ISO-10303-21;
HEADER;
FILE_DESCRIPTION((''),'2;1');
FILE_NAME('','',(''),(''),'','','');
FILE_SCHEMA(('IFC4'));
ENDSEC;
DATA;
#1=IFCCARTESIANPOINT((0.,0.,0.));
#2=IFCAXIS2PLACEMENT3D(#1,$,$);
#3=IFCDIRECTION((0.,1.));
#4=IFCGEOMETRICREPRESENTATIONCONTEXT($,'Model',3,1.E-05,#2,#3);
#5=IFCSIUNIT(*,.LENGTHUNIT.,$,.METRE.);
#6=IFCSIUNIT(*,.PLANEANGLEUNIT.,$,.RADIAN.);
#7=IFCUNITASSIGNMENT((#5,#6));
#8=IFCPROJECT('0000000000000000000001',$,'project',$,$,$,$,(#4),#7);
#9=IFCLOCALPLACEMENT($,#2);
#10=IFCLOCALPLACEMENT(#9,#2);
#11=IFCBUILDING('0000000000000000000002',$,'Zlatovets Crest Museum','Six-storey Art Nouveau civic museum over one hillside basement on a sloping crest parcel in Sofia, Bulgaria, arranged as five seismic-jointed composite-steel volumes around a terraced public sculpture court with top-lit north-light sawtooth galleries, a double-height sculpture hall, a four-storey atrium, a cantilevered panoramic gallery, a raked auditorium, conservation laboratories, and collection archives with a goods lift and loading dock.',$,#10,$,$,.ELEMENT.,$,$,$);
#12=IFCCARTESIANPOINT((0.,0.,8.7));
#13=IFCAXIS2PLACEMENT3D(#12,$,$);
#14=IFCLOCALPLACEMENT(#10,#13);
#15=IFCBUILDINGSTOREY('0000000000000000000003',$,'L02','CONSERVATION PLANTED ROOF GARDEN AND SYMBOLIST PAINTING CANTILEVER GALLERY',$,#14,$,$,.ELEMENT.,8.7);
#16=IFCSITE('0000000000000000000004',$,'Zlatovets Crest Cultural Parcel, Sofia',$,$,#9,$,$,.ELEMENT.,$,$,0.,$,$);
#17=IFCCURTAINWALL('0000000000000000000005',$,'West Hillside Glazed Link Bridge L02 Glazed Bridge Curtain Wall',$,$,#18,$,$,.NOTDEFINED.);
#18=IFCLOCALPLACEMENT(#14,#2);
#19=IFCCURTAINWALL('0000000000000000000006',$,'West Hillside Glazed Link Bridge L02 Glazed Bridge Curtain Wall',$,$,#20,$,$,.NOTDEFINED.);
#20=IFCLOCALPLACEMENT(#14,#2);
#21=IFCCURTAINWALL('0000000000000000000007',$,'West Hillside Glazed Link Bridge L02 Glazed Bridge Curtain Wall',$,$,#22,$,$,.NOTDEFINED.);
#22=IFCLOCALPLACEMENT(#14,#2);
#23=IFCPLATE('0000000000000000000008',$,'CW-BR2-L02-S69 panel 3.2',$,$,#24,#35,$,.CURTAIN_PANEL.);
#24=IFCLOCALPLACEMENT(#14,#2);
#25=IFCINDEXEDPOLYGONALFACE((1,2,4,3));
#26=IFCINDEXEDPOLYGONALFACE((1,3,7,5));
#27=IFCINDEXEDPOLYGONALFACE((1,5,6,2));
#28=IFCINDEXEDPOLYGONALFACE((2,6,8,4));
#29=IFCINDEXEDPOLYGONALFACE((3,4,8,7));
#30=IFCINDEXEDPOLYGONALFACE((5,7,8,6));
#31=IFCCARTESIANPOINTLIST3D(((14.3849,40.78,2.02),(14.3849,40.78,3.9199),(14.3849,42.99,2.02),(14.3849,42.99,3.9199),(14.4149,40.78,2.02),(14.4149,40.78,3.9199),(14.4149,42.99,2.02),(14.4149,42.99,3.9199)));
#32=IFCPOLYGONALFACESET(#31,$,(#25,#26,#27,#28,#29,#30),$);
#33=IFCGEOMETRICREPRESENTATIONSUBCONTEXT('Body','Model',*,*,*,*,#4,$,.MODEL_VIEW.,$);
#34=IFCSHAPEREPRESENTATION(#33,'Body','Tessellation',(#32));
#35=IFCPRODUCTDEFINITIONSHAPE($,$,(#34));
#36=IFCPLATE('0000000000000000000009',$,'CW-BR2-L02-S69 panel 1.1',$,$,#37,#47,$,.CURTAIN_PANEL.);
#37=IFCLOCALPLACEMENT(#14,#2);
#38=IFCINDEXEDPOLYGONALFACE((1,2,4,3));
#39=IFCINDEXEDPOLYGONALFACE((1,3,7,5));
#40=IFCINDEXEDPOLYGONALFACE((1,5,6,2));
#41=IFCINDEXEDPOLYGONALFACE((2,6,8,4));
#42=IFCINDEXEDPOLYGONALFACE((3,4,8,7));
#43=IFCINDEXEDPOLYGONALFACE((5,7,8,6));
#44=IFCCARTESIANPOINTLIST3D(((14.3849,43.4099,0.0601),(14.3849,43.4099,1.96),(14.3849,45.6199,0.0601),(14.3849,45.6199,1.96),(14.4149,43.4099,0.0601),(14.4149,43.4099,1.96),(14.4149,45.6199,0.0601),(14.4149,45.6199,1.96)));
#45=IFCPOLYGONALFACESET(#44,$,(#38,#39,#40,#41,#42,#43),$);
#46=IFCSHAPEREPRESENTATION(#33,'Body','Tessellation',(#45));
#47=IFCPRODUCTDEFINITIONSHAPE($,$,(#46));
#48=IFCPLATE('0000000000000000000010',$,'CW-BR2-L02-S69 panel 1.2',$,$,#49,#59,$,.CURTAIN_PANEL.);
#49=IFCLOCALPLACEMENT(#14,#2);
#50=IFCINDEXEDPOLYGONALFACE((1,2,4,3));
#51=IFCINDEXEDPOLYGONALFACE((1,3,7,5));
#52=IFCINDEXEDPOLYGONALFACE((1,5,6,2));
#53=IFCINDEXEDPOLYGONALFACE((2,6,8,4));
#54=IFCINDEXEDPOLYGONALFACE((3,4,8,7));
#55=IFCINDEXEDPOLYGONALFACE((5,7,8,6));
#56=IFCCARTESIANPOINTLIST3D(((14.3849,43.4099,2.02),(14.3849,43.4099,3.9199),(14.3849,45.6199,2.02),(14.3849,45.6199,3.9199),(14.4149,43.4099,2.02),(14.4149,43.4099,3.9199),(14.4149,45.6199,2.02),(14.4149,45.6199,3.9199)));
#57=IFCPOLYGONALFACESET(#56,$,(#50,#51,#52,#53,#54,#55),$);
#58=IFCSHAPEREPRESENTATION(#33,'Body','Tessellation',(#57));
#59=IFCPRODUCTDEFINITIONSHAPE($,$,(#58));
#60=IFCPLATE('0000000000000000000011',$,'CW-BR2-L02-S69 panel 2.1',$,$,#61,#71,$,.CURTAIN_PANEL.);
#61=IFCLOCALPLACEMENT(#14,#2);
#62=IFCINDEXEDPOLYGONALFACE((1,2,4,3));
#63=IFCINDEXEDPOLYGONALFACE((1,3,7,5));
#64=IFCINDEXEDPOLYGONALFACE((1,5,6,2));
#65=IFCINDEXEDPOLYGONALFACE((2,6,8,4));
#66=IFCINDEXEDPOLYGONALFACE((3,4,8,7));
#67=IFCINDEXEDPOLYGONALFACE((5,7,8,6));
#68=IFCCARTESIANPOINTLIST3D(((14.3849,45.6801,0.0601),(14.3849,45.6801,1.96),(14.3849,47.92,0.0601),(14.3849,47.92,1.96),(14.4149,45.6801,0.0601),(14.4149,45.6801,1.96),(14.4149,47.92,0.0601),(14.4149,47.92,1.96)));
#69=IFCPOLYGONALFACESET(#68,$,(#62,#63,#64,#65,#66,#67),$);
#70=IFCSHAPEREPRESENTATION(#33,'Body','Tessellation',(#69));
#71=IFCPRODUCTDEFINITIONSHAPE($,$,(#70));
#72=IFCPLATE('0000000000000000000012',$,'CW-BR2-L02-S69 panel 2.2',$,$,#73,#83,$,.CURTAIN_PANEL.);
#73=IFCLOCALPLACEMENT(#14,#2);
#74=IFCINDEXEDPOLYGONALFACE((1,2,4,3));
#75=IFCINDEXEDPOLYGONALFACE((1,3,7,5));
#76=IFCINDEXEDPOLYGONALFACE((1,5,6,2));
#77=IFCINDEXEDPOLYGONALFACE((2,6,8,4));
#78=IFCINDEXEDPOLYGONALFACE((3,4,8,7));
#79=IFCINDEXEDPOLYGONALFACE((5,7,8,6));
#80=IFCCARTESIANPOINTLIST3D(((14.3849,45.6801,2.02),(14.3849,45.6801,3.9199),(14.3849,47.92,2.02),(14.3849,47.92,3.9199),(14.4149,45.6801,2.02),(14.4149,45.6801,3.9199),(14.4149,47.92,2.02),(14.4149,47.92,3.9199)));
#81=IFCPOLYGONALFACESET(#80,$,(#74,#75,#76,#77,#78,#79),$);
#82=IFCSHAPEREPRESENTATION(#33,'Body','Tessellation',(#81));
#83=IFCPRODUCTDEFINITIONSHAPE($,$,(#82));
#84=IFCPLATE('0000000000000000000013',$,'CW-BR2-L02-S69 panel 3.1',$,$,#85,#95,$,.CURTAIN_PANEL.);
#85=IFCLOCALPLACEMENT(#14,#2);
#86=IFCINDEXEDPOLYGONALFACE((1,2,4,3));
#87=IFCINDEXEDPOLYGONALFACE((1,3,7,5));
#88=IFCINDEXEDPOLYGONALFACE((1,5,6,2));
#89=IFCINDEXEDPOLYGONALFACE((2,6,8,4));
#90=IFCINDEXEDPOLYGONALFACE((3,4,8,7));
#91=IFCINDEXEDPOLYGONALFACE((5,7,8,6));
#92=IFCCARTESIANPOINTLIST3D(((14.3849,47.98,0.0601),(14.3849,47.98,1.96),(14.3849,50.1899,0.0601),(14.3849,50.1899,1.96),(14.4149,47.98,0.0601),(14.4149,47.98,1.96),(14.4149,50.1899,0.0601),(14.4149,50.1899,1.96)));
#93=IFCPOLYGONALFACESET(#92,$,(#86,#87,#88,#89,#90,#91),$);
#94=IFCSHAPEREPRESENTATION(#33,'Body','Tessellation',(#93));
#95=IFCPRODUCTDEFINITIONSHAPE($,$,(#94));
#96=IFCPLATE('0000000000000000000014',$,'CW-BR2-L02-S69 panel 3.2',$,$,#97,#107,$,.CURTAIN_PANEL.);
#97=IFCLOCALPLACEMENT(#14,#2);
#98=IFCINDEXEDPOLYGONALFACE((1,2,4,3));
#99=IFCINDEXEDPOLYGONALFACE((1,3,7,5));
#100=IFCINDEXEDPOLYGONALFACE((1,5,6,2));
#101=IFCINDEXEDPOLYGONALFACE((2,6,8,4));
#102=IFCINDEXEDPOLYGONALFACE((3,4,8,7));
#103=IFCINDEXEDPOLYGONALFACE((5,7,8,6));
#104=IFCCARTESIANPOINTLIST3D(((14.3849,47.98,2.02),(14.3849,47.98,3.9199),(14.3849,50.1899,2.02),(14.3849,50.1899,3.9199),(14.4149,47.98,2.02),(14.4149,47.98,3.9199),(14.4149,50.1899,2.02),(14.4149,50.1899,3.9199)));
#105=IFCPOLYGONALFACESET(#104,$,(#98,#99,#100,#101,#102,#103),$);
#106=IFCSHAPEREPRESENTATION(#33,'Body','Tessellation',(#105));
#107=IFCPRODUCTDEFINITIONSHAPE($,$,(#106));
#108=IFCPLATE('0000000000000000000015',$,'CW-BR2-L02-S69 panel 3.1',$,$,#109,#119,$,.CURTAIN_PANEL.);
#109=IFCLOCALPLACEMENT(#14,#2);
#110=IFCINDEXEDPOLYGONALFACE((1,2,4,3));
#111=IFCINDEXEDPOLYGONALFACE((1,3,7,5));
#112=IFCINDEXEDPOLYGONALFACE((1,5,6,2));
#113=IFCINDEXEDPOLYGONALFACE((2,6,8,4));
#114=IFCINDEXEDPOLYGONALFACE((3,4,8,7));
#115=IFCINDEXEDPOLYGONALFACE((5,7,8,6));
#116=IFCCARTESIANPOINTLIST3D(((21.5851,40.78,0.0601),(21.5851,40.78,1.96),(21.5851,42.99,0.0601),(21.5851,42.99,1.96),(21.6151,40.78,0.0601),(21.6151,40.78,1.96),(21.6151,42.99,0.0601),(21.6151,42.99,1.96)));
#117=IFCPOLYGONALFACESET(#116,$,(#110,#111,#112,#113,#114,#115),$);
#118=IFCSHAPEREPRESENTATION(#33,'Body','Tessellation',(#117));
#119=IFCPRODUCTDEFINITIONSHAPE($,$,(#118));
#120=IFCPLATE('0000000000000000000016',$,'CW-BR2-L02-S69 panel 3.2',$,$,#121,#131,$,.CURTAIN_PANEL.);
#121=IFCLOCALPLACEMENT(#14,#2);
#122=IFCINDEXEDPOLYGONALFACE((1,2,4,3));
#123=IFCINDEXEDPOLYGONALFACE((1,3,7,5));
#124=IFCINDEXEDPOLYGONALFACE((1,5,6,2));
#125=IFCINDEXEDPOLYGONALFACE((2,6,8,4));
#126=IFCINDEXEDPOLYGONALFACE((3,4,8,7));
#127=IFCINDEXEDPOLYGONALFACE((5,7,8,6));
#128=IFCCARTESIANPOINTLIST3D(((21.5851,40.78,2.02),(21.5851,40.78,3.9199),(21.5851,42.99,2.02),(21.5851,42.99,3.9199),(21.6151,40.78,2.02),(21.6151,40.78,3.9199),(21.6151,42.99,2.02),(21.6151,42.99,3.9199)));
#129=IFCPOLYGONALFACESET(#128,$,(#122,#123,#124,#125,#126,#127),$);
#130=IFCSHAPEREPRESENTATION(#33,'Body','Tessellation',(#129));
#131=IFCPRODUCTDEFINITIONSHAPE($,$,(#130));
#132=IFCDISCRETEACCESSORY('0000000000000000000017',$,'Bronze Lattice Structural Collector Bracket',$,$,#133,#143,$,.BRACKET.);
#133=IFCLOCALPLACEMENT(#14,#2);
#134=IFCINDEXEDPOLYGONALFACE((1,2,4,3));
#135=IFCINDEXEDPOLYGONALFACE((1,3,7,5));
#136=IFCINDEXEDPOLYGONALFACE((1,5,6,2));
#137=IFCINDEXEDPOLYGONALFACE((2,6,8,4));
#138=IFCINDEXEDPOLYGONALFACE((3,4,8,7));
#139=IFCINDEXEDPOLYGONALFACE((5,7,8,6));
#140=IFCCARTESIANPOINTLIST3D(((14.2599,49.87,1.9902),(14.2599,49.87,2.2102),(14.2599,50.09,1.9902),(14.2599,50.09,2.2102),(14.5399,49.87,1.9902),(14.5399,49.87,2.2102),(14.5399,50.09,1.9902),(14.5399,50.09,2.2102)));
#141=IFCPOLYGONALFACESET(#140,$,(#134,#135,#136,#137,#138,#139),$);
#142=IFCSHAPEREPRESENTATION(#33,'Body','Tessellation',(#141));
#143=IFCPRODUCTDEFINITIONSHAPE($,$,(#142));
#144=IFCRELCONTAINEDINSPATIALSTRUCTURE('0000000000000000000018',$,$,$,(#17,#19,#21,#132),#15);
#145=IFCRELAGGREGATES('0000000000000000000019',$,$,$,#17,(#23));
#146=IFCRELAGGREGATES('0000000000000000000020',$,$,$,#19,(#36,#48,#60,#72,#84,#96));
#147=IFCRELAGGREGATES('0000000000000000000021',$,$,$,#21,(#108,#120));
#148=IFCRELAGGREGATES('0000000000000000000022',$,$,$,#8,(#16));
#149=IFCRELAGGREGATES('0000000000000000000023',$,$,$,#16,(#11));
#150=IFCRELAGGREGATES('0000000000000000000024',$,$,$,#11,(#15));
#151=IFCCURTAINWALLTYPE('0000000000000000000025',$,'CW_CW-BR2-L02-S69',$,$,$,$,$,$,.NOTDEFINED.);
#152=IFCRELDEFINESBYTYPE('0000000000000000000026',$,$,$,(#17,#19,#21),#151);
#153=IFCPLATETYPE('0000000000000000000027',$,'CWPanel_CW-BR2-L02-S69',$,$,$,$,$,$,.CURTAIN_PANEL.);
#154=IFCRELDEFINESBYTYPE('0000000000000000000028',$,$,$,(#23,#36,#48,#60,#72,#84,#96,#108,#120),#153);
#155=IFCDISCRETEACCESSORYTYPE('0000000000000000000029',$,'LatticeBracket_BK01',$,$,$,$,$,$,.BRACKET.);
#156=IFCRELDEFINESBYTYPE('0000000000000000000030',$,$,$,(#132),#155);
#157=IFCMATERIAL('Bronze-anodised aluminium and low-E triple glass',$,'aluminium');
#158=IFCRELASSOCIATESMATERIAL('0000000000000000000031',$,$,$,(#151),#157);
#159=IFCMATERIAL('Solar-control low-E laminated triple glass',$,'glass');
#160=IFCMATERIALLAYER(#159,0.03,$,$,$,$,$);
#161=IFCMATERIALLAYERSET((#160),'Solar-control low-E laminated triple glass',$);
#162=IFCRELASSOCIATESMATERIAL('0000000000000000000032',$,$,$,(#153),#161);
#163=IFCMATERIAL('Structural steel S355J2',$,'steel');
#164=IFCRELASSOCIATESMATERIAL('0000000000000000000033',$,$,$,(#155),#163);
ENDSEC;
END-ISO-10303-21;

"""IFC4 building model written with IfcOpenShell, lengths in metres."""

from ifc_helpers import new_model, si_unit, direction, frame, origin, origin_2d, place, context, subcontext, project, spatial, rectangle, extrude, material, layer, layer_set, type_object, element, aggregate, save


model = new_model("IFC4")

# Units and contexts
model_context = context("Model", 3, precision=1e-05, world=origin(), true_north=direction((0.0, 1.0)))
body_context = subcontext(model_context, "Body", "Model", "MODEL_VIEW")
ifc_project = project(units=[si_unit("LENGTHUNIT", "METRE"), si_unit("PLANEANGLEUNIT", "RADIAN")], contexts=[model_context])

# Site, building, storey
site_placement = place(None, origin())
site = spatial("IfcSite", under=ifc_project, at=site_placement, Name="Zlatovets Crest Cultural Parcel, Sofia", CompositionType="ELEMENT", RefElevation=0.0)
building_placement = place(site_placement, origin())
building = spatial("IfcBuilding", under=site, at=building_placement, Name="Zlatovets Crest Museum", Description="Six-storey Art Nouveau civic museum over one hillside basement on a sloping crest parcel in Sofia, Bulgaria, arranged as five seismic-jointed composite-steel volumes around a terraced public sculpture court with top-lit north-light sawtooth galleries, a double-height sculpture hall, a four-storey atrium, a cantilevered panoramic gallery, a raked auditorium, conservation laboratories, and collection archives with a goods lift and loading dock.", CompositionType="ELEMENT")
storey_placement = place(building_placement, frame((0.0, 0.0, 8.7)))
storey = spatial("IfcBuildingStorey", under=building, at=storey_placement, Name="L02", Description="CONSERVATION PLANTED ROOF GARDEN AND SYMBOLIST PAINTING CANTILEVER GALLERY", CompositionType="ELEMENT", Elevation=8.7)

# Shared definitions
ifc_material_1 = material(Name="Structural steel S355J2", Category="steel")

# Curtain wall
ifc_material_2 = material(Name="Bronze-anodised aluminium and low-E triple glass", Category="aluminium")
curtain_wall_type = type_object("IfcCurtainWallType", Name="CW_CW-BR2-L02-S69", PredefinedType="NOTDEFINED", material=ifc_material_2)
curtain_wall_1_placement = place(storey_placement, origin())
curtain_wall_1 = element("IfcCurtainWall", 1, at=curtain_wall_1_placement, inside=storey, type_object=curtain_wall_type, Name="West Hillside Glazed Link Bridge L02 Glazed Bridge Curtain Wall", PredefinedType="NOTDEFINED")

# Curtain wall
curtain_wall_2_placement = place(storey_placement, origin())
curtain_wall_2 = element("IfcCurtainWall", 2, at=curtain_wall_2_placement, inside=storey, type_object=curtain_wall_type, Name="West Hillside Glazed Link Bridge L02 Glazed Bridge Curtain Wall", PredefinedType="NOTDEFINED")

# Curtain wall
curtain_wall_3_placement = place(storey_placement, origin())
curtain_wall_3 = element("IfcCurtainWall", 3, at=curtain_wall_3_placement, inside=storey, type_object=curtain_wall_type, Name="West Hillside Glazed Link Bridge L02 Glazed Bridge Curtain Wall", PredefinedType="NOTDEFINED")

# Plates
ifc_material_3 = material(Name="Solar-control low-E laminated triple glass", Category="glass")
ifc_layer = layer(ifc_material_3, 0.03)
ifc_layer_set = layer_set([ifc_layer], Name="Solar-control low-E laminated triple glass")
plate_type = type_object("IfcPlateType", Name="CWPanel_CW-BR2-L02-S69", PredefinedType="CURTAIN_PANEL", material=ifc_layer_set)
plate_1_placement = place(storey_placement, frame((14.3999, 41.885, 2.02), z_axis=(0.0, 0.0, 1.0), x_axis=(0.0, 1.0, 0.0)))
plate_1 = element("IfcPlate", 4, at=plate_1_placement, type_object=plate_type, Name="CW-BR2-L02-S69 panel 3.2", PredefinedType="CURTAIN_PANEL", context=body_context, shape_type="SweptSolid", body=[
    extrude(rectangle(XDim=2.21, YDim=0.03, at=origin_2d()), origin(), (0.0, 0.0, 1.0), 1.8999),
])
aggregate(curtain_wall_1, [plate_1])
plate_2_placement = place(storey_placement, frame((14.3999, 44.5149, 0.0601), z_axis=(0.0, 0.0, 1.0), x_axis=(0.0, 1.0, 0.0)))
plate_2 = element("IfcPlate", 5, at=plate_2_placement, type_object=plate_type, Name="CW-BR2-L02-S69 panel 1.1", PredefinedType="CURTAIN_PANEL", context=body_context, shape_type="SweptSolid", body=[
    extrude(rectangle(XDim=2.21, YDim=0.03, at=origin_2d()), origin(), (0.0, 0.0, 1.0), 1.8999),
])
plate_3_placement = place(storey_placement, frame((14.3999, 44.5149, 2.02), z_axis=(0.0, 0.0, 1.0), x_axis=(0.0, 1.0, 0.0)))
plate_3 = element("IfcPlate", 6, at=plate_3_placement, type_object=plate_type, Name="CW-BR2-L02-S69 panel 1.2", PredefinedType="CURTAIN_PANEL", context=body_context, shape_type="SweptSolid", body=[
    extrude(rectangle(XDim=2.21, YDim=0.03, at=origin_2d()), origin(), (0.0, 0.0, 1.0), 1.8999),
])
plate_4_placement = place(storey_placement, frame((14.3999, 46.8, 0.0601), z_axis=(0.0, 0.0, 1.0), x_axis=(0.0, 1.0, 0.0)))
plate_4 = element("IfcPlate", 7, at=plate_4_placement, type_object=plate_type, Name="CW-BR2-L02-S69 panel 2.1", PredefinedType="CURTAIN_PANEL", context=body_context, shape_type="SweptSolid", body=[
    extrude(rectangle(XDim=2.24, YDim=0.03, at=origin_2d()), origin(), (0.0, 0.0, 1.0), 1.8999),
])
plate_5_placement = place(storey_placement, frame((14.3999, 46.8, 2.02), z_axis=(0.0, 0.0, 1.0), x_axis=(0.0, 1.0, 0.0)))
plate_5 = element("IfcPlate", 8, at=plate_5_placement, type_object=plate_type, Name="CW-BR2-L02-S69 panel 2.2", PredefinedType="CURTAIN_PANEL", context=body_context, shape_type="SweptSolid", body=[
    extrude(rectangle(XDim=2.24, YDim=0.03, at=origin_2d()), origin(), (0.0, 0.0, 1.0), 1.8999),
])
plate_6_placement = place(storey_placement, frame((14.3999, 49.085, 0.0601), z_axis=(0.0, 0.0, 1.0), x_axis=(0.0, 1.0, 0.0)))
plate_6 = element("IfcPlate", 9, at=plate_6_placement, type_object=plate_type, Name="CW-BR2-L02-S69 panel 3.1", PredefinedType="CURTAIN_PANEL", context=body_context, shape_type="SweptSolid", body=[
    extrude(rectangle(XDim=2.21, YDim=0.03, at=origin_2d()), origin(), (0.0, 0.0, 1.0), 1.8999),
])
plate_7_placement = place(storey_placement, frame((14.3999, 49.085, 2.02), z_axis=(0.0, 0.0, 1.0), x_axis=(0.0, 1.0, 0.0)))
plate_7 = element("IfcPlate", 10, at=plate_7_placement, type_object=plate_type, Name="CW-BR2-L02-S69 panel 3.2", PredefinedType="CURTAIN_PANEL", context=body_context, shape_type="SweptSolid", body=[
    extrude(rectangle(XDim=2.21, YDim=0.03, at=origin_2d()), origin(), (0.0, 0.0, 1.0), 1.8999),
])
aggregate(curtain_wall_2, [plate_2, plate_3, plate_4, plate_5, plate_6, plate_7])
plate_8_placement = place(storey_placement, frame((21.6001, 41.885, 0.0601), z_axis=(0.0, 0.0, 1.0), x_axis=(0.0, 1.0, 0.0)))
plate_8 = element("IfcPlate", 11, at=plate_8_placement, type_object=plate_type, Name="CW-BR2-L02-S69 panel 3.1", PredefinedType="CURTAIN_PANEL", context=body_context, shape_type="SweptSolid", body=[
    extrude(rectangle(XDim=2.21, YDim=0.03, at=origin_2d()), origin(), (0.0, 0.0, 1.0), 1.8999),
])
plate_9_placement = place(storey_placement, frame((21.6001, 41.885, 2.02), z_axis=(0.0, 0.0, 1.0), x_axis=(0.0, 1.0, 0.0)))
plate_9 = element("IfcPlate", 12, at=plate_9_placement, type_object=plate_type, Name="CW-BR2-L02-S69 panel 3.2", PredefinedType="CURTAIN_PANEL", context=body_context, shape_type="SweptSolid", body=[
    extrude(rectangle(XDim=2.21, YDim=0.03, at=origin_2d()), origin(), (0.0, 0.0, 1.0), 1.8999),
])
aggregate(curtain_wall_3, [plate_8, plate_9])

# Discrete accessory
discrete_accessory_type = type_object("IfcDiscreteAccessoryType", Name="LatticeBracket_BK01", PredefinedType="BRACKET", material=ifc_material_1)
discrete_accessory_placement = place(storey_placement, frame((14.3999, 49.98, 1.9902), z_axis=(0.0, 0.0, 1.0), x_axis=(1.0, 0.0, 0.0)))
element("IfcDiscreteAccessory", 13, at=discrete_accessory_placement, inside=storey, type_object=discrete_accessory_type, Name="Bronze Lattice Structural Collector Bracket", PredefinedType="BRACKET", context=body_context, shape_type="SweptSolid", body=[
    extrude(rectangle(XDim=0.28, YDim=0.22, at=origin_2d()), origin(), (0.0, 0.0, 1.0), 0.22),
])

save(model, "model.ifc")
